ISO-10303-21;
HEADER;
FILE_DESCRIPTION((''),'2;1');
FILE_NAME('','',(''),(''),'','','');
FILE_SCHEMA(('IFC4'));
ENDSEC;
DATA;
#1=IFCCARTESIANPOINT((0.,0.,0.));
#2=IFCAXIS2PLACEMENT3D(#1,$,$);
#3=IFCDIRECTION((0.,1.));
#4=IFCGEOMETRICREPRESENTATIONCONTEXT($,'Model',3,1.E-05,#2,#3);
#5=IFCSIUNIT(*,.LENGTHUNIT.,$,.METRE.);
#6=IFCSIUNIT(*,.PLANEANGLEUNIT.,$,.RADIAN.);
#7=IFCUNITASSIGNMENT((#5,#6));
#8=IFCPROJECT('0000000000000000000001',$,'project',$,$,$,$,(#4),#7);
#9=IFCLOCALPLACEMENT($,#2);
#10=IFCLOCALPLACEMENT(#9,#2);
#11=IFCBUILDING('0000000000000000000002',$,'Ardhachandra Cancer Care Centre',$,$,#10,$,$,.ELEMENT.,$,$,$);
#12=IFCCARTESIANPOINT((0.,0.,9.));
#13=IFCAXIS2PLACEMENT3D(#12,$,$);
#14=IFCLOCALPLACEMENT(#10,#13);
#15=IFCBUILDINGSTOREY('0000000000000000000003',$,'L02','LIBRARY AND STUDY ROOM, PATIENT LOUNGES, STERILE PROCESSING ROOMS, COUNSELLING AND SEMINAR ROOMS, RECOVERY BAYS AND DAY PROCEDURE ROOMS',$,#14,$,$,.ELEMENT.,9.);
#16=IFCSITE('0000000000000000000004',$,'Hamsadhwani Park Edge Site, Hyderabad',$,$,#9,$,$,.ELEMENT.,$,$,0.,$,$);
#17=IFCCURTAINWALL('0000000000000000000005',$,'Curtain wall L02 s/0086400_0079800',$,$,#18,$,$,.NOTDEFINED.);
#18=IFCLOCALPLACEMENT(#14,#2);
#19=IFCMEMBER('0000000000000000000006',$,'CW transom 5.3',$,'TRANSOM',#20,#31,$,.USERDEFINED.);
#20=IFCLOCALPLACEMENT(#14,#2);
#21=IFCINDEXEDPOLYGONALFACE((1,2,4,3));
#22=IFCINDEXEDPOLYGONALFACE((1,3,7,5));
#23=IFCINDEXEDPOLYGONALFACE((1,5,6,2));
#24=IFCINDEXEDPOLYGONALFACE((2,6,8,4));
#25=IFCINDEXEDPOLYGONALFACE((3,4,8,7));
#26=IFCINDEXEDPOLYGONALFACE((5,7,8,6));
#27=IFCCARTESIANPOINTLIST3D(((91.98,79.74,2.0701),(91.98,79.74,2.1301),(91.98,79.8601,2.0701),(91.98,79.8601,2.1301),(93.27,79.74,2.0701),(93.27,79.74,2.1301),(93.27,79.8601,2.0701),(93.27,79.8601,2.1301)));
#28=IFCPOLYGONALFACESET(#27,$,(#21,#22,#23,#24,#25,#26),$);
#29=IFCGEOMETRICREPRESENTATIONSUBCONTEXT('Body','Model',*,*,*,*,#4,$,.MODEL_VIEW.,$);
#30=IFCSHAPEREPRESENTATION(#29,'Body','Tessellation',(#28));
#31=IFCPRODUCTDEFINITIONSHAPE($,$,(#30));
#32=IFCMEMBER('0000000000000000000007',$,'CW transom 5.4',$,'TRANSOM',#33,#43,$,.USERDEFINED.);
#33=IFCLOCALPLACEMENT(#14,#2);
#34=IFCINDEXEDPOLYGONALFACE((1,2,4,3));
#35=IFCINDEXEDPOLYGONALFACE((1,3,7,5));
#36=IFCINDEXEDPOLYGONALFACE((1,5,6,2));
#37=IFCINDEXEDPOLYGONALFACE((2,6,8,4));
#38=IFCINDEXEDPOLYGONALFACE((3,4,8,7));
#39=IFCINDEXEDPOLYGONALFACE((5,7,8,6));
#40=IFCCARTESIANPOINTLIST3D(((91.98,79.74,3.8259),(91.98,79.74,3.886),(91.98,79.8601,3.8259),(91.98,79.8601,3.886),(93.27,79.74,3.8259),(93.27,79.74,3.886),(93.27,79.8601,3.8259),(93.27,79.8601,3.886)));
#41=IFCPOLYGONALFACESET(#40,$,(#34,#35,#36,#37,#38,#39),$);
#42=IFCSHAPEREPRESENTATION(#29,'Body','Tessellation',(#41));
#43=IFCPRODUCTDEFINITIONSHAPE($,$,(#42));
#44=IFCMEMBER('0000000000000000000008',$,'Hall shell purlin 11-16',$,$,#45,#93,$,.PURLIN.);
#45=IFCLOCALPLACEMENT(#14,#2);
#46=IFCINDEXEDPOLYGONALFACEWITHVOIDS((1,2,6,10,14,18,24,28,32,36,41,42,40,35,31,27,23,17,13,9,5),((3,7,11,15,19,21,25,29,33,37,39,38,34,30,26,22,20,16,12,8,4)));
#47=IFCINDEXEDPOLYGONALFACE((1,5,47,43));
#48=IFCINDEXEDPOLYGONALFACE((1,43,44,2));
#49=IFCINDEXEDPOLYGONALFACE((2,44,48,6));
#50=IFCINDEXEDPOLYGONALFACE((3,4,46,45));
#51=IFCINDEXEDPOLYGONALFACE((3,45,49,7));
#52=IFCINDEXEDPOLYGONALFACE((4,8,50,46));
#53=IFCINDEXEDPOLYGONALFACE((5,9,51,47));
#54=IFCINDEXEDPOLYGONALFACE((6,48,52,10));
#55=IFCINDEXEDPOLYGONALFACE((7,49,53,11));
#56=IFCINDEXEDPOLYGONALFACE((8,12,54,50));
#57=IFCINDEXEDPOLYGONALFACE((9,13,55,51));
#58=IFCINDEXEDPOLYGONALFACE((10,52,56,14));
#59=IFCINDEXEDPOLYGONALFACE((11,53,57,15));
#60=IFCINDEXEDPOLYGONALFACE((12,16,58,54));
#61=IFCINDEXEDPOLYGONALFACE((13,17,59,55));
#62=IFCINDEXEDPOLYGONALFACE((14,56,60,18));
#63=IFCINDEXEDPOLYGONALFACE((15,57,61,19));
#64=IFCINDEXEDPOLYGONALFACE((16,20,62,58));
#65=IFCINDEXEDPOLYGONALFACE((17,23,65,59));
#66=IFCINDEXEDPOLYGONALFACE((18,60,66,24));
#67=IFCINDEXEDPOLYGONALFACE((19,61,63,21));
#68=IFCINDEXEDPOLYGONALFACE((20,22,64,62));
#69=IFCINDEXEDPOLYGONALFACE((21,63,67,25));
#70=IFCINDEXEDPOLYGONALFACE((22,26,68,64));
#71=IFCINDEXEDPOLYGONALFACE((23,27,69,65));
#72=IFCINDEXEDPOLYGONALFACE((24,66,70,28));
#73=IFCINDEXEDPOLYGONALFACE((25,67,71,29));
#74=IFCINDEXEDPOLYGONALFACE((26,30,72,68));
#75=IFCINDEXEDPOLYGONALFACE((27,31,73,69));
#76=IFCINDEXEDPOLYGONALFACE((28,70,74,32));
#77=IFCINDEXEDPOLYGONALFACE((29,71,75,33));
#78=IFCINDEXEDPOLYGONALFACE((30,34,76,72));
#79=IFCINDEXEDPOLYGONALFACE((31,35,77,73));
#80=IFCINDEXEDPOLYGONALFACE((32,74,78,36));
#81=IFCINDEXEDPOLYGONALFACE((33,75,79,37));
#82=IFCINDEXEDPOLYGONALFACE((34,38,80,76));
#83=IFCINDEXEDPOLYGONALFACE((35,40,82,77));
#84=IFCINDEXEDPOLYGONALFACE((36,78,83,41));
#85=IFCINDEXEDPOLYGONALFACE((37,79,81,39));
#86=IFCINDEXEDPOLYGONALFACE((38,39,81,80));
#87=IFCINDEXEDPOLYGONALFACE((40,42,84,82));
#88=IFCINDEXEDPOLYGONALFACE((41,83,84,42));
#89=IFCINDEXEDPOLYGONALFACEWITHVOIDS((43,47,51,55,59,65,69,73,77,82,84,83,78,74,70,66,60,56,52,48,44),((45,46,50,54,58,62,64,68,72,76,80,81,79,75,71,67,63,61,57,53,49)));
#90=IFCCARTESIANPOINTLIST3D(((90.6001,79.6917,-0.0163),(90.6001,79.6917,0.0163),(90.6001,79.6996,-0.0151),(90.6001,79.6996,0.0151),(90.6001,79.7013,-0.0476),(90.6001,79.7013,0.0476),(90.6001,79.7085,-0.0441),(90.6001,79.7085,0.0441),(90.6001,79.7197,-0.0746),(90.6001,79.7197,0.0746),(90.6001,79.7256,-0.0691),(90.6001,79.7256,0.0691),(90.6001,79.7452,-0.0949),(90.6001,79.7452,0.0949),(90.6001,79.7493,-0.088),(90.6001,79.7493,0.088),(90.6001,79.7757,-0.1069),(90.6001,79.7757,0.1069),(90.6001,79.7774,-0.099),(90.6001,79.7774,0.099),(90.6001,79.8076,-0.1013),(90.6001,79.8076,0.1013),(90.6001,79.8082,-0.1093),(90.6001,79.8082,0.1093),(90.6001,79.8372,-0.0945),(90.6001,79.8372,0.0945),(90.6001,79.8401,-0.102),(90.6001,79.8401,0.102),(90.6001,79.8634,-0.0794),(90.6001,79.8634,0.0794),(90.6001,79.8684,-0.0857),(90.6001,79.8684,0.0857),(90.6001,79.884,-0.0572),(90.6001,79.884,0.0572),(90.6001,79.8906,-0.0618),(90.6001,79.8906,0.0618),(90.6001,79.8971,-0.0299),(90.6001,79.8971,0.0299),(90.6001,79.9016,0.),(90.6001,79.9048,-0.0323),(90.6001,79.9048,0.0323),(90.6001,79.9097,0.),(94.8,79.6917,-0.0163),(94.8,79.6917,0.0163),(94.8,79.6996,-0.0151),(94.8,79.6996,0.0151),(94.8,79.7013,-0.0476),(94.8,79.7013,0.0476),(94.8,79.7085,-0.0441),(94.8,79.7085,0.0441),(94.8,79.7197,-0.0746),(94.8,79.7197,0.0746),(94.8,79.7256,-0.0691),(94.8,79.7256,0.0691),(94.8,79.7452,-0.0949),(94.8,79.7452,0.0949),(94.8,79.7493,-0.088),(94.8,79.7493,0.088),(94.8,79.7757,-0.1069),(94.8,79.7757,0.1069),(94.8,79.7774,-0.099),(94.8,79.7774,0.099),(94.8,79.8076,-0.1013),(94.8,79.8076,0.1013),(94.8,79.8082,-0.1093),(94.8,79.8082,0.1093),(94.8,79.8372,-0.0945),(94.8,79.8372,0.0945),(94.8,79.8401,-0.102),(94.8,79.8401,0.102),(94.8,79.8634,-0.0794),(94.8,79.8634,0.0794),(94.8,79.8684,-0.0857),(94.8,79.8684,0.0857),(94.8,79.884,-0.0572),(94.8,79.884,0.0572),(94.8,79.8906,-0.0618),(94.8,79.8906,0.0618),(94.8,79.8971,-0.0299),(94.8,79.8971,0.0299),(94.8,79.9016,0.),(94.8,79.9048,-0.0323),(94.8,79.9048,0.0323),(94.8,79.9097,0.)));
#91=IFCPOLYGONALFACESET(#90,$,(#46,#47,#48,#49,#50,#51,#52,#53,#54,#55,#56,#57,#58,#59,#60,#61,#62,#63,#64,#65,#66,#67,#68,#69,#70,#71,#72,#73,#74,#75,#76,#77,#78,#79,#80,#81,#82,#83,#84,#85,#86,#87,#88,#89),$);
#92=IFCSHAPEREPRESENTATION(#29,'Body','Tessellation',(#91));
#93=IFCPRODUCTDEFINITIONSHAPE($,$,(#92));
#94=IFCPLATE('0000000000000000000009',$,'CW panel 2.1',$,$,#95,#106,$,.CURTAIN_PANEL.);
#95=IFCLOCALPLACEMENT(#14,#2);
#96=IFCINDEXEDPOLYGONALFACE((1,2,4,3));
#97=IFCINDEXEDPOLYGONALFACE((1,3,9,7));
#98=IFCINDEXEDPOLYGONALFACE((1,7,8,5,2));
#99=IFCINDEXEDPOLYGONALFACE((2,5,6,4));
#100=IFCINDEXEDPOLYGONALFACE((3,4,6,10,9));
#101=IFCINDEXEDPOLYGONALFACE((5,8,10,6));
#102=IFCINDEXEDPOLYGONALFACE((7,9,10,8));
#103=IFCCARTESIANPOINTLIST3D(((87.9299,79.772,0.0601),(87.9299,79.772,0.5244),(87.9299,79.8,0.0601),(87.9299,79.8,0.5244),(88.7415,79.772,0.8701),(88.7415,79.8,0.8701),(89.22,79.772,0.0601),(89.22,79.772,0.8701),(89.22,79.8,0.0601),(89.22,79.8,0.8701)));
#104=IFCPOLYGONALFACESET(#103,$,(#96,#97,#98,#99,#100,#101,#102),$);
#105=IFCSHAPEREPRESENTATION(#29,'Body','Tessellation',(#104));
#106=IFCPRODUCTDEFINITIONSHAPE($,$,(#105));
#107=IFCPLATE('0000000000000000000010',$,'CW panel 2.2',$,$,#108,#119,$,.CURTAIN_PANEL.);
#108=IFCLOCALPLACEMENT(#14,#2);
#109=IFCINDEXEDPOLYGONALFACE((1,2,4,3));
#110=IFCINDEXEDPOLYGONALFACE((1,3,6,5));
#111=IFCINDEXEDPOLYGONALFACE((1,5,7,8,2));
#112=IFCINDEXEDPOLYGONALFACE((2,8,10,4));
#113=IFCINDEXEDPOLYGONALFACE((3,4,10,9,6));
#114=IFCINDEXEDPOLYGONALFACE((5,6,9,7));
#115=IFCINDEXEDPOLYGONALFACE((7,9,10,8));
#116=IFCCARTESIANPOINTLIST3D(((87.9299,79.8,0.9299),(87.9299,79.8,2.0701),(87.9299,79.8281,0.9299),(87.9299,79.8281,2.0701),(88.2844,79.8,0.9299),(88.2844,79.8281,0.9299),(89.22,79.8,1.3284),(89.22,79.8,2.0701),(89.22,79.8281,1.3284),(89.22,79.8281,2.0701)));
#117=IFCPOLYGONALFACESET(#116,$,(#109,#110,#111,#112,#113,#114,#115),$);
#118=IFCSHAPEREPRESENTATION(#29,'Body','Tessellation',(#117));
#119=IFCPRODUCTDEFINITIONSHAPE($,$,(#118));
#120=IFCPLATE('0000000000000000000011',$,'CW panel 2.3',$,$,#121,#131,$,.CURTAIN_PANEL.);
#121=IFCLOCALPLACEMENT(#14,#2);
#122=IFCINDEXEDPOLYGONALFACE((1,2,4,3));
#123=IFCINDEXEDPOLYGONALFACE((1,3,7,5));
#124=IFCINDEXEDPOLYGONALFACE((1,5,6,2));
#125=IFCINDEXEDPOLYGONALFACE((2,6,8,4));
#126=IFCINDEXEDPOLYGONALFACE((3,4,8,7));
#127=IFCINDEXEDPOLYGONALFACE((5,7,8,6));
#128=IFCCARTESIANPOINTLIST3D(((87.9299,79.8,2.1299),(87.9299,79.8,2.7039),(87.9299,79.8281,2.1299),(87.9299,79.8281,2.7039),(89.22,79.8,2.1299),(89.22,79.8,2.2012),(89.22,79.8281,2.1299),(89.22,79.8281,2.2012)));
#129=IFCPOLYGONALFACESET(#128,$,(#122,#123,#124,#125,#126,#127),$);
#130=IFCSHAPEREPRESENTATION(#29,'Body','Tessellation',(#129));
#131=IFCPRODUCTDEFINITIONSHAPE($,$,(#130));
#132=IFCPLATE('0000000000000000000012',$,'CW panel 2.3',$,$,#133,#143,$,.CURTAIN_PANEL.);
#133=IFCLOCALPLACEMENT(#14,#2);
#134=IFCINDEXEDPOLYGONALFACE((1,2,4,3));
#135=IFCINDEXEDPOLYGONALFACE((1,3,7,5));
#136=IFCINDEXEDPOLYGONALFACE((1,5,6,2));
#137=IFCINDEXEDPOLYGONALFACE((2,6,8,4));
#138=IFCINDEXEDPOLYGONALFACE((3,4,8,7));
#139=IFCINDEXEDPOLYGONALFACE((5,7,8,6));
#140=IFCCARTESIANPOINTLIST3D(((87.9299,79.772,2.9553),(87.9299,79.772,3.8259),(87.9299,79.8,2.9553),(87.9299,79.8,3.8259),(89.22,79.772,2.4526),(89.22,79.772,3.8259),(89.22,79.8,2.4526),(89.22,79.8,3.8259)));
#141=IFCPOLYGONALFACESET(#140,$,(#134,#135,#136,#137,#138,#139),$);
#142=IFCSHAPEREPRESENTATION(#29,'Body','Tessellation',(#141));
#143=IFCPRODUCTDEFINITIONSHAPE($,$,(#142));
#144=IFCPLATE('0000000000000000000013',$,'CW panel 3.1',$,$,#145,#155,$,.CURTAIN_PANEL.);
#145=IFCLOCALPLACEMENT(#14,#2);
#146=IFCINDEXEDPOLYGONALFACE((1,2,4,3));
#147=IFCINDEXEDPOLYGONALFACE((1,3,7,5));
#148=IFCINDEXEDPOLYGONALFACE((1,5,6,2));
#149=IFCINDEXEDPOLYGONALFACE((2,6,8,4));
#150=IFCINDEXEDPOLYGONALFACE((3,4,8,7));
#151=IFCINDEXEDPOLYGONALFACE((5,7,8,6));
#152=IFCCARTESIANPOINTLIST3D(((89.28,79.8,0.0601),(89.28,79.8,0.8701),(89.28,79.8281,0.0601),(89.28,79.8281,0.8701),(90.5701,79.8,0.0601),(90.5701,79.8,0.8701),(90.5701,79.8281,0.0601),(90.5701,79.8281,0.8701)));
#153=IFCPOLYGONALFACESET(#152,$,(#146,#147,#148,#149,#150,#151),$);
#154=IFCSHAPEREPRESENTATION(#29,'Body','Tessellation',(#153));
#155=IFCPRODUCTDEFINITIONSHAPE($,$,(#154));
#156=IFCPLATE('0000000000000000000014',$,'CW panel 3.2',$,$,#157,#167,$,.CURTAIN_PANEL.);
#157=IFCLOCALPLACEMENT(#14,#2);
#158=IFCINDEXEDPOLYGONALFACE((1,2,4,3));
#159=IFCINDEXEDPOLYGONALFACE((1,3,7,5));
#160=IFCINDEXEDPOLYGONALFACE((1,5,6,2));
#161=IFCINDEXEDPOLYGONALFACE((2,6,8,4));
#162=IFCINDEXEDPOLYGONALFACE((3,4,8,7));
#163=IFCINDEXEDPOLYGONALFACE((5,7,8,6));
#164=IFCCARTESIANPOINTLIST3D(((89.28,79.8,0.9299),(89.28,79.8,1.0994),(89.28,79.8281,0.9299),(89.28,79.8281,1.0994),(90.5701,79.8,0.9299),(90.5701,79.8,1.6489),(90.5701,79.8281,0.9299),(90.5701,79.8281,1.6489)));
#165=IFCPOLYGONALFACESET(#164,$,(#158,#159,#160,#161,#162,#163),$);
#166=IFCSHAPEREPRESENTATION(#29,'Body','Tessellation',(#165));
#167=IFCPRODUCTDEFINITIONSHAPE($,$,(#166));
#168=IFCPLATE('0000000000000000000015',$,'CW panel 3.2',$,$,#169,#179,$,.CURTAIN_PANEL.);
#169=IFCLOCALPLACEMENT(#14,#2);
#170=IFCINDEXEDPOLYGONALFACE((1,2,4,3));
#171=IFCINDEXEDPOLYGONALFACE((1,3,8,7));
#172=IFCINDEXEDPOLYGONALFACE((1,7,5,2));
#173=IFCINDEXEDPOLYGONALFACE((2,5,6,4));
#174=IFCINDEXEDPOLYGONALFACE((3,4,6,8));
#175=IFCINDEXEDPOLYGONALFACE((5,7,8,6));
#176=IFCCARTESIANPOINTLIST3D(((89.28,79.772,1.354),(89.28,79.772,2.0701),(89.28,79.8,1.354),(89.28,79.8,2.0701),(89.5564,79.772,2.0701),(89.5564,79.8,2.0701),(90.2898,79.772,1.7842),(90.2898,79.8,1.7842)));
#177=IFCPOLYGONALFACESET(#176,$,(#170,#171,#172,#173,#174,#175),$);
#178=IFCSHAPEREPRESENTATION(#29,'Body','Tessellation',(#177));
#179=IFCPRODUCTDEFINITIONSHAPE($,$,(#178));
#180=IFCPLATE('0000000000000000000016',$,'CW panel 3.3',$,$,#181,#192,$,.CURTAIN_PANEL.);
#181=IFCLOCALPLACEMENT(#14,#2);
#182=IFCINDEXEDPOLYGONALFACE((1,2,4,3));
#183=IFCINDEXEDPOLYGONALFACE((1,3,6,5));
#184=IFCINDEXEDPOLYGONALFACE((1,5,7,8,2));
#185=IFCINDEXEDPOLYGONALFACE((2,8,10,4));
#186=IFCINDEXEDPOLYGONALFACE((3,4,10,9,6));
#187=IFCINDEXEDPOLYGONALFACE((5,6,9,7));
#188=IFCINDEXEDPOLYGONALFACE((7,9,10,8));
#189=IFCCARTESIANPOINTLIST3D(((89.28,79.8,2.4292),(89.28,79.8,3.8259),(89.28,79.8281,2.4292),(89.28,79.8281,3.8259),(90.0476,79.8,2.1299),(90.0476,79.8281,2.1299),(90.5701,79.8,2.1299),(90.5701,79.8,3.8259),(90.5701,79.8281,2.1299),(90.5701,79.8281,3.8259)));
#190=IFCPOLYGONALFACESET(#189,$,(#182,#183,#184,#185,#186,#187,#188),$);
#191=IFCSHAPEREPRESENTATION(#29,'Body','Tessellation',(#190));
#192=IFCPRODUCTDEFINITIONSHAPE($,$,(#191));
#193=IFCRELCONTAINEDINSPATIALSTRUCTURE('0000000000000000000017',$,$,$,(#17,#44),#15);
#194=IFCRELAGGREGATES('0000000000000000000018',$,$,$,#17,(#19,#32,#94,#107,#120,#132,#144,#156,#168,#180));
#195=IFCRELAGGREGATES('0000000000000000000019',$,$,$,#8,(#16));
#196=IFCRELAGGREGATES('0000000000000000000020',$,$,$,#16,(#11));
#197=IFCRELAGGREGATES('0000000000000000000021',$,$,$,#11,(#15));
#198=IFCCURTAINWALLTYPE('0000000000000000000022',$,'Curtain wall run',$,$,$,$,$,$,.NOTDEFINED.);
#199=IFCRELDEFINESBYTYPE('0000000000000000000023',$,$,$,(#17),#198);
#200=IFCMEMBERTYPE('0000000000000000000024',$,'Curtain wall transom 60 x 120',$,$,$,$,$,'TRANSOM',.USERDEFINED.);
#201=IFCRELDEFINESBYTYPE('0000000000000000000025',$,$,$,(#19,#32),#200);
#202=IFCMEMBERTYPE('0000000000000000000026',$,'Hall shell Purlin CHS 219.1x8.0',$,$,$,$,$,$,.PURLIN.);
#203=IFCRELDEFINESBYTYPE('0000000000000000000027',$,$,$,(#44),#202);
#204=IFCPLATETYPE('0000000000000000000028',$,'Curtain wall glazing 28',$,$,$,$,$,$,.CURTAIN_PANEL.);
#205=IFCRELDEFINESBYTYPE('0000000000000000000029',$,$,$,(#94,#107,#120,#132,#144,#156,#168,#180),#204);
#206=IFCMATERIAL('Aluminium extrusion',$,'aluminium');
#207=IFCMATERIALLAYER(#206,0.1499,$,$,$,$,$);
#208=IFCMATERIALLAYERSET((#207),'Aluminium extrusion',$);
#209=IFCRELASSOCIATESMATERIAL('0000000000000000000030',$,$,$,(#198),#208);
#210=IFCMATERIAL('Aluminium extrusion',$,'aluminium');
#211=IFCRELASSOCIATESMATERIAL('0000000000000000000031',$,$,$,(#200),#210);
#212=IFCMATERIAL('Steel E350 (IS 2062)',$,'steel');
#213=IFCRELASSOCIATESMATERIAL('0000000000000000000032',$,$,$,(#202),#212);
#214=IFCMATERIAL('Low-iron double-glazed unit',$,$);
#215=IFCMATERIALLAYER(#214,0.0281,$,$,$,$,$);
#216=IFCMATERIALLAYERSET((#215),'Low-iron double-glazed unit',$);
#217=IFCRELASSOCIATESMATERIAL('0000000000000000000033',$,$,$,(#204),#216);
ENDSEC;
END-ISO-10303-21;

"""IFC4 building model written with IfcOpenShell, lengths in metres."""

from ifc_helpers import new_model, si_unit, direction, frame, origin, origin_2d, place, context, subcontext, project, spatial, polyline, rectangle, hollow_circle, outline, extrude, material, layer, layer_set, material_profile, profile_set, type_object, element, aggregate, save


model = new_model("IFC4")

# Units and contexts
model_context = context("Model", 3, precision=1e-05, world=origin(), true_north=direction((0.0, 1.0)))
body_context = subcontext(model_context, "Body", "Model", "MODEL_VIEW")
ifc_project = project(units=[si_unit("LENGTHUNIT", "METRE"), si_unit("PLANEANGLEUNIT", "RADIAN")], contexts=[model_context])

# Site, building, storey
site_placement = place(None, origin())
site = spatial("IfcSite", under=ifc_project, at=site_placement, Name="Hamsadhwani Park Edge Site, Hyderabad", CompositionType="ELEMENT", RefElevation=0.0)
building_placement = place(site_placement, origin())
building = spatial("IfcBuilding", under=site, at=building_placement, Name="Ardhachandra Cancer Care Centre", CompositionType="ELEMENT")
storey_placement = place(building_placement, frame((0.0, 0.0, 9.0)))
storey = spatial("IfcBuildingStorey", under=building, at=storey_placement, Name="L02", Description="LIBRARY AND STUDY ROOM, PATIENT LOUNGES, STERILE PROCESSING ROOMS, COUNSELLING AND SEMINAR ROOMS, RECOVERY BAYS AND DAY PROCEDURE ROOMS", CompositionType="ELEMENT", Elevation=9.0)

# Curtain wall, members
ifc_material_1 = material(Name="Aluminium extrusion", Category="aluminium")
ifc_layer_1 = layer(ifc_material_1, 0.1499)
ifc_layer_set_1 = layer_set([ifc_layer_1], Name="Aluminium extrusion")
curtain_wall_type = type_object("IfcCurtainWallType", Name="Curtain wall run", PredefinedType="NOTDEFINED", material=ifc_layer_set_1)
curtain_wall_placement = place(storey_placement, origin())
curtain_wall = element("IfcCurtainWall", 1, at=curtain_wall_placement, inside=storey, type_object=curtain_wall_type, Name="Curtain wall L02 s/0086400_0079800", PredefinedType="NOTDEFINED")
ifc_material_2 = material(Name="Aluminium extrusion", Category="aluminium")
ifc_material_profile_1 = material_profile(ifc_material_2, rectangle(XDim=0.1201, YDim=0.0601, at=origin_2d()), Name="Curtain wall transom 60 x 120")
ifc_profile_set_1 = profile_set([ifc_material_profile_1], Name="Aluminium extrusion")
member_type_1 = type_object("IfcMemberType", Name="Curtain wall transom 60 x 120", ElementType="TRANSOM", PredefinedType="USERDEFINED", material=ifc_profile_set_1)
member_1_placement = place(storey_placement, frame((91.98, 79.8, 2.1001), z_axis=(1.0, 0.0, 0.0), x_axis=(0.0, 1.0, 0.0)))
member_1 = element("IfcMember", 2, at=member_1_placement, type_object=member_type_1, Name="CW transom 5.3", ObjectType="TRANSOM", PredefinedType="USERDEFINED", context=body_context, shape_type="SweptSolid", body=[
    extrude(rectangle(XDim=0.1201, YDim=0.0601, at=origin_2d()), origin(), (0.0, 0.0, 1.0), 1.29),
])
member_2_placement = place(storey_placement, frame((91.98, 79.8, 3.856), z_axis=(1.0, 0.0, 0.0), x_axis=(0.0, 1.0, 0.0)))
member_2 = element("IfcMember", 3, at=member_2_placement, type_object=member_type_1, Name="CW transom 5.4", ObjectType="TRANSOM", PredefinedType="USERDEFINED", context=body_context, shape_type="SweptSolid", body=[
    extrude(rectangle(XDim=0.1201, YDim=0.0601, at=origin_2d()), origin(), (0.0, 0.0, 1.0), 1.29),
])

# Member
ifc_material_3 = material(Name="Steel E350 (IS 2062)", Category="steel")
ifc_material_profile_2 = material_profile(ifc_material_3, hollow_circle(Radius=0.1096, WallThickness=0.0081, at=origin_2d()), Name="CHS 219.1x8.0")
ifc_profile_set_2 = profile_set([ifc_material_profile_2], Name="Steel E350 (IS 2062)")
member_type_2 = type_object("IfcMemberType", Name="Hall shell Purlin CHS 219.1x8.0", PredefinedType="PURLIN", material=ifc_profile_set_2)
member_3_placement = place(storey_placement, frame((90.6001, 79.8, 0.0), z_axis=(1.0, 0.0, 0.0), x_axis=(0.0, 1.0, 0.0)))
element("IfcMember", 4, at=member_3_placement, inside=storey, type_object=member_type_2, Name="Hall shell purlin 11-16", PredefinedType="PURLIN", context=body_context, shape_type="SweptSolid", body=[
    extrude(hollow_circle(Radius=0.1096, WallThickness=0.0081, at=origin_2d()), origin(), (0.0, 0.0, 1.0), 4.2),
])

# Plates
ifc_material_4 = material(Name="Low-iron double-glazed unit")
ifc_layer_2 = layer(ifc_material_4, 0.0281)
ifc_layer_set_2 = layer_set([ifc_layer_2], Name="Low-iron double-glazed unit")
plate_type = type_object("IfcPlateType", Name="Curtain wall glazing 28", PredefinedType="CURTAIN_PANEL", material=ifc_layer_set_2)
plate_1_placement = place(storey_placement, frame((89.22, 79.8, 0.8701), z_axis=(0.0, 1.0, 0.0), x_axis=(0.0, 0.0, -1.0)))
plate_1 = element("IfcPlate", 5, at=plate_1_placement, type_object=plate_type, Name="CW panel 2.1", PredefinedType="CURTAIN_PANEL", context=body_context, shape_type="SweptSolid", body=[
    extrude(outline(polyline([(0.0, 0.0), (0.8101, 0.0), (0.8101, 1.29), (0.3457, 1.29), (0.0, 0.4785), (0.0, 0.0)])), frame((0.0, 0.0, -0.0281)), (0.0, 0.0, 1.0), 0.0281),
])
plate_2_placement = place(storey_placement, frame((87.9299, 79.8, 0.9299), z_axis=(0.0, 1.0, 0.0), x_axis=(0.0, 0.0, 1.0)))
plate_2 = element("IfcPlate", 6, at=plate_2_placement, type_object=plate_type, Name="CW panel 2.2", PredefinedType="CURTAIN_PANEL", context=body_context, shape_type="SweptSolid", body=[
    extrude(outline(polyline([(0.0, 0.0), (1.1401, 0.0), (1.1401, 1.29), (0.3984, 1.29), (0.0, 0.3545), (0.0, 0.0)])), origin(), (0.0, 0.0, 1.0), 0.0281),
])
plate_3_placement = place(storey_placement, frame((89.22, 79.8, 2.1299), z_axis=(0.0, 1.0, 0.0), x_axis=(-1.0, 0.0, 0.0)))
plate_3 = element("IfcPlate", 7, at=plate_3_placement, type_object=plate_type, Name="CW panel 2.3", PredefinedType="CURTAIN_PANEL", context=body_context, shape_type="SweptSolid", body=[
    extrude(outline(polyline([(0.0, 0.0), (1.29, 0.0), (1.29, 0.574), (0.0, 0.0713), (0.0, 0.0)])), origin(), (0.0, 0.0, 1.0), 0.0281),
])
plate_4_placement = place(storey_placement, frame((87.9299, 79.8, 3.8259), z_axis=(0.0, 1.0, 0.0), x_axis=(1.0, 0.0, 0.0)))
plate_4 = element("IfcPlate", 8, at=plate_4_placement, type_object=plate_type, Name="CW panel 2.3", PredefinedType="CURTAIN_PANEL", context=body_context, shape_type="SweptSolid", body=[
    extrude(outline(polyline([(0.0, 0.0), (1.29, 0.0), (1.29, 1.3733), (0.0, 0.8706), (0.0, 0.0)])), frame((0.0, 0.0, -0.0281)), (0.0, 0.0, 1.0), 0.0281),
])
plate_5_placement = place(storey_placement, frame((89.28, 79.8, 0.0601), z_axis=(0.0, 1.0, 0.0), x_axis=(0.0, 0.0, 1.0)))
plate_5 = element("IfcPlate", 9, at=plate_5_placement, type_object=plate_type, Name="CW panel 3.1", PredefinedType="CURTAIN_PANEL", context=body_context, shape_type="SweptSolid", body=[
    extrude(outline(polyline([(0.0, 0.0), (0.8101, 0.0), (0.8101, 1.29), (0.0, 1.29), (0.0, 0.0)])), origin(), (0.0, 0.0, 1.0), 0.0281),
])
plate_6_placement = place(storey_placement, frame((90.5701, 79.8, 0.9299), z_axis=(0.0, 1.0, 0.0), x_axis=(-1.0, 0.0, 0.0)))
plate_6 = element("IfcPlate", 10, at=plate_6_placement, type_object=plate_type, Name="CW panel 3.2", PredefinedType="CURTAIN_PANEL", context=body_context, shape_type="SweptSolid", body=[
    extrude(outline(polyline([(0.0, 0.0), (1.29, 0.0), (1.29, 0.1694), (0.0, 0.719), (0.0, 0.0)])), origin(), (0.0, 0.0, 1.0), 0.0281),
])
plate_7_placement = place(storey_placement, frame((89.28, 79.8, 2.0701), z_axis=(0.0, 1.0, 0.0), x_axis=(1.0, 0.0, 0.0)))
plate_7 = element("IfcPlate", 11, at=plate_7_placement, type_object=plate_type, Name="CW panel 3.2", PredefinedType="CURTAIN_PANEL", context=body_context, shape_type="SweptSolid", body=[
    extrude(outline(polyline([(0.0, 0.0), (0.2764, 0.0), (1.0098, 0.2859), (0.0, 0.7161), (0.0, 0.0)])), frame((0.0, 0.0, -0.0281)), (0.0, 0.0, 1.0), 0.0281),
])
plate_8_placement = place(storey_placement, frame((89.28, 79.8, 3.8259), z_axis=(0.0, 1.0, 0.0), x_axis=(1.0, 0.0, 0.0)))
plate_8 = element("IfcPlate", 12, at=plate_8_placement, type_object=plate_type, Name="CW panel 3.3", PredefinedType="CURTAIN_PANEL", context=body_context, shape_type="SweptSolid", body=[
    extrude(outline(polyline([(0.0, 0.0), (1.29, 0.0), (1.29, 1.696), (0.7676, 1.696), (0.0, 1.3967), (0.0, 0.0)])), origin(), (0.0, 0.0, 1.0), 0.0281),
])
aggregate(curtain_wall, [member_1, member_2, plate_1, plate_2, plate_3, plate_4, plate_5, plate_6, plate_7, plate_8])

save(model, "model.ifc")
